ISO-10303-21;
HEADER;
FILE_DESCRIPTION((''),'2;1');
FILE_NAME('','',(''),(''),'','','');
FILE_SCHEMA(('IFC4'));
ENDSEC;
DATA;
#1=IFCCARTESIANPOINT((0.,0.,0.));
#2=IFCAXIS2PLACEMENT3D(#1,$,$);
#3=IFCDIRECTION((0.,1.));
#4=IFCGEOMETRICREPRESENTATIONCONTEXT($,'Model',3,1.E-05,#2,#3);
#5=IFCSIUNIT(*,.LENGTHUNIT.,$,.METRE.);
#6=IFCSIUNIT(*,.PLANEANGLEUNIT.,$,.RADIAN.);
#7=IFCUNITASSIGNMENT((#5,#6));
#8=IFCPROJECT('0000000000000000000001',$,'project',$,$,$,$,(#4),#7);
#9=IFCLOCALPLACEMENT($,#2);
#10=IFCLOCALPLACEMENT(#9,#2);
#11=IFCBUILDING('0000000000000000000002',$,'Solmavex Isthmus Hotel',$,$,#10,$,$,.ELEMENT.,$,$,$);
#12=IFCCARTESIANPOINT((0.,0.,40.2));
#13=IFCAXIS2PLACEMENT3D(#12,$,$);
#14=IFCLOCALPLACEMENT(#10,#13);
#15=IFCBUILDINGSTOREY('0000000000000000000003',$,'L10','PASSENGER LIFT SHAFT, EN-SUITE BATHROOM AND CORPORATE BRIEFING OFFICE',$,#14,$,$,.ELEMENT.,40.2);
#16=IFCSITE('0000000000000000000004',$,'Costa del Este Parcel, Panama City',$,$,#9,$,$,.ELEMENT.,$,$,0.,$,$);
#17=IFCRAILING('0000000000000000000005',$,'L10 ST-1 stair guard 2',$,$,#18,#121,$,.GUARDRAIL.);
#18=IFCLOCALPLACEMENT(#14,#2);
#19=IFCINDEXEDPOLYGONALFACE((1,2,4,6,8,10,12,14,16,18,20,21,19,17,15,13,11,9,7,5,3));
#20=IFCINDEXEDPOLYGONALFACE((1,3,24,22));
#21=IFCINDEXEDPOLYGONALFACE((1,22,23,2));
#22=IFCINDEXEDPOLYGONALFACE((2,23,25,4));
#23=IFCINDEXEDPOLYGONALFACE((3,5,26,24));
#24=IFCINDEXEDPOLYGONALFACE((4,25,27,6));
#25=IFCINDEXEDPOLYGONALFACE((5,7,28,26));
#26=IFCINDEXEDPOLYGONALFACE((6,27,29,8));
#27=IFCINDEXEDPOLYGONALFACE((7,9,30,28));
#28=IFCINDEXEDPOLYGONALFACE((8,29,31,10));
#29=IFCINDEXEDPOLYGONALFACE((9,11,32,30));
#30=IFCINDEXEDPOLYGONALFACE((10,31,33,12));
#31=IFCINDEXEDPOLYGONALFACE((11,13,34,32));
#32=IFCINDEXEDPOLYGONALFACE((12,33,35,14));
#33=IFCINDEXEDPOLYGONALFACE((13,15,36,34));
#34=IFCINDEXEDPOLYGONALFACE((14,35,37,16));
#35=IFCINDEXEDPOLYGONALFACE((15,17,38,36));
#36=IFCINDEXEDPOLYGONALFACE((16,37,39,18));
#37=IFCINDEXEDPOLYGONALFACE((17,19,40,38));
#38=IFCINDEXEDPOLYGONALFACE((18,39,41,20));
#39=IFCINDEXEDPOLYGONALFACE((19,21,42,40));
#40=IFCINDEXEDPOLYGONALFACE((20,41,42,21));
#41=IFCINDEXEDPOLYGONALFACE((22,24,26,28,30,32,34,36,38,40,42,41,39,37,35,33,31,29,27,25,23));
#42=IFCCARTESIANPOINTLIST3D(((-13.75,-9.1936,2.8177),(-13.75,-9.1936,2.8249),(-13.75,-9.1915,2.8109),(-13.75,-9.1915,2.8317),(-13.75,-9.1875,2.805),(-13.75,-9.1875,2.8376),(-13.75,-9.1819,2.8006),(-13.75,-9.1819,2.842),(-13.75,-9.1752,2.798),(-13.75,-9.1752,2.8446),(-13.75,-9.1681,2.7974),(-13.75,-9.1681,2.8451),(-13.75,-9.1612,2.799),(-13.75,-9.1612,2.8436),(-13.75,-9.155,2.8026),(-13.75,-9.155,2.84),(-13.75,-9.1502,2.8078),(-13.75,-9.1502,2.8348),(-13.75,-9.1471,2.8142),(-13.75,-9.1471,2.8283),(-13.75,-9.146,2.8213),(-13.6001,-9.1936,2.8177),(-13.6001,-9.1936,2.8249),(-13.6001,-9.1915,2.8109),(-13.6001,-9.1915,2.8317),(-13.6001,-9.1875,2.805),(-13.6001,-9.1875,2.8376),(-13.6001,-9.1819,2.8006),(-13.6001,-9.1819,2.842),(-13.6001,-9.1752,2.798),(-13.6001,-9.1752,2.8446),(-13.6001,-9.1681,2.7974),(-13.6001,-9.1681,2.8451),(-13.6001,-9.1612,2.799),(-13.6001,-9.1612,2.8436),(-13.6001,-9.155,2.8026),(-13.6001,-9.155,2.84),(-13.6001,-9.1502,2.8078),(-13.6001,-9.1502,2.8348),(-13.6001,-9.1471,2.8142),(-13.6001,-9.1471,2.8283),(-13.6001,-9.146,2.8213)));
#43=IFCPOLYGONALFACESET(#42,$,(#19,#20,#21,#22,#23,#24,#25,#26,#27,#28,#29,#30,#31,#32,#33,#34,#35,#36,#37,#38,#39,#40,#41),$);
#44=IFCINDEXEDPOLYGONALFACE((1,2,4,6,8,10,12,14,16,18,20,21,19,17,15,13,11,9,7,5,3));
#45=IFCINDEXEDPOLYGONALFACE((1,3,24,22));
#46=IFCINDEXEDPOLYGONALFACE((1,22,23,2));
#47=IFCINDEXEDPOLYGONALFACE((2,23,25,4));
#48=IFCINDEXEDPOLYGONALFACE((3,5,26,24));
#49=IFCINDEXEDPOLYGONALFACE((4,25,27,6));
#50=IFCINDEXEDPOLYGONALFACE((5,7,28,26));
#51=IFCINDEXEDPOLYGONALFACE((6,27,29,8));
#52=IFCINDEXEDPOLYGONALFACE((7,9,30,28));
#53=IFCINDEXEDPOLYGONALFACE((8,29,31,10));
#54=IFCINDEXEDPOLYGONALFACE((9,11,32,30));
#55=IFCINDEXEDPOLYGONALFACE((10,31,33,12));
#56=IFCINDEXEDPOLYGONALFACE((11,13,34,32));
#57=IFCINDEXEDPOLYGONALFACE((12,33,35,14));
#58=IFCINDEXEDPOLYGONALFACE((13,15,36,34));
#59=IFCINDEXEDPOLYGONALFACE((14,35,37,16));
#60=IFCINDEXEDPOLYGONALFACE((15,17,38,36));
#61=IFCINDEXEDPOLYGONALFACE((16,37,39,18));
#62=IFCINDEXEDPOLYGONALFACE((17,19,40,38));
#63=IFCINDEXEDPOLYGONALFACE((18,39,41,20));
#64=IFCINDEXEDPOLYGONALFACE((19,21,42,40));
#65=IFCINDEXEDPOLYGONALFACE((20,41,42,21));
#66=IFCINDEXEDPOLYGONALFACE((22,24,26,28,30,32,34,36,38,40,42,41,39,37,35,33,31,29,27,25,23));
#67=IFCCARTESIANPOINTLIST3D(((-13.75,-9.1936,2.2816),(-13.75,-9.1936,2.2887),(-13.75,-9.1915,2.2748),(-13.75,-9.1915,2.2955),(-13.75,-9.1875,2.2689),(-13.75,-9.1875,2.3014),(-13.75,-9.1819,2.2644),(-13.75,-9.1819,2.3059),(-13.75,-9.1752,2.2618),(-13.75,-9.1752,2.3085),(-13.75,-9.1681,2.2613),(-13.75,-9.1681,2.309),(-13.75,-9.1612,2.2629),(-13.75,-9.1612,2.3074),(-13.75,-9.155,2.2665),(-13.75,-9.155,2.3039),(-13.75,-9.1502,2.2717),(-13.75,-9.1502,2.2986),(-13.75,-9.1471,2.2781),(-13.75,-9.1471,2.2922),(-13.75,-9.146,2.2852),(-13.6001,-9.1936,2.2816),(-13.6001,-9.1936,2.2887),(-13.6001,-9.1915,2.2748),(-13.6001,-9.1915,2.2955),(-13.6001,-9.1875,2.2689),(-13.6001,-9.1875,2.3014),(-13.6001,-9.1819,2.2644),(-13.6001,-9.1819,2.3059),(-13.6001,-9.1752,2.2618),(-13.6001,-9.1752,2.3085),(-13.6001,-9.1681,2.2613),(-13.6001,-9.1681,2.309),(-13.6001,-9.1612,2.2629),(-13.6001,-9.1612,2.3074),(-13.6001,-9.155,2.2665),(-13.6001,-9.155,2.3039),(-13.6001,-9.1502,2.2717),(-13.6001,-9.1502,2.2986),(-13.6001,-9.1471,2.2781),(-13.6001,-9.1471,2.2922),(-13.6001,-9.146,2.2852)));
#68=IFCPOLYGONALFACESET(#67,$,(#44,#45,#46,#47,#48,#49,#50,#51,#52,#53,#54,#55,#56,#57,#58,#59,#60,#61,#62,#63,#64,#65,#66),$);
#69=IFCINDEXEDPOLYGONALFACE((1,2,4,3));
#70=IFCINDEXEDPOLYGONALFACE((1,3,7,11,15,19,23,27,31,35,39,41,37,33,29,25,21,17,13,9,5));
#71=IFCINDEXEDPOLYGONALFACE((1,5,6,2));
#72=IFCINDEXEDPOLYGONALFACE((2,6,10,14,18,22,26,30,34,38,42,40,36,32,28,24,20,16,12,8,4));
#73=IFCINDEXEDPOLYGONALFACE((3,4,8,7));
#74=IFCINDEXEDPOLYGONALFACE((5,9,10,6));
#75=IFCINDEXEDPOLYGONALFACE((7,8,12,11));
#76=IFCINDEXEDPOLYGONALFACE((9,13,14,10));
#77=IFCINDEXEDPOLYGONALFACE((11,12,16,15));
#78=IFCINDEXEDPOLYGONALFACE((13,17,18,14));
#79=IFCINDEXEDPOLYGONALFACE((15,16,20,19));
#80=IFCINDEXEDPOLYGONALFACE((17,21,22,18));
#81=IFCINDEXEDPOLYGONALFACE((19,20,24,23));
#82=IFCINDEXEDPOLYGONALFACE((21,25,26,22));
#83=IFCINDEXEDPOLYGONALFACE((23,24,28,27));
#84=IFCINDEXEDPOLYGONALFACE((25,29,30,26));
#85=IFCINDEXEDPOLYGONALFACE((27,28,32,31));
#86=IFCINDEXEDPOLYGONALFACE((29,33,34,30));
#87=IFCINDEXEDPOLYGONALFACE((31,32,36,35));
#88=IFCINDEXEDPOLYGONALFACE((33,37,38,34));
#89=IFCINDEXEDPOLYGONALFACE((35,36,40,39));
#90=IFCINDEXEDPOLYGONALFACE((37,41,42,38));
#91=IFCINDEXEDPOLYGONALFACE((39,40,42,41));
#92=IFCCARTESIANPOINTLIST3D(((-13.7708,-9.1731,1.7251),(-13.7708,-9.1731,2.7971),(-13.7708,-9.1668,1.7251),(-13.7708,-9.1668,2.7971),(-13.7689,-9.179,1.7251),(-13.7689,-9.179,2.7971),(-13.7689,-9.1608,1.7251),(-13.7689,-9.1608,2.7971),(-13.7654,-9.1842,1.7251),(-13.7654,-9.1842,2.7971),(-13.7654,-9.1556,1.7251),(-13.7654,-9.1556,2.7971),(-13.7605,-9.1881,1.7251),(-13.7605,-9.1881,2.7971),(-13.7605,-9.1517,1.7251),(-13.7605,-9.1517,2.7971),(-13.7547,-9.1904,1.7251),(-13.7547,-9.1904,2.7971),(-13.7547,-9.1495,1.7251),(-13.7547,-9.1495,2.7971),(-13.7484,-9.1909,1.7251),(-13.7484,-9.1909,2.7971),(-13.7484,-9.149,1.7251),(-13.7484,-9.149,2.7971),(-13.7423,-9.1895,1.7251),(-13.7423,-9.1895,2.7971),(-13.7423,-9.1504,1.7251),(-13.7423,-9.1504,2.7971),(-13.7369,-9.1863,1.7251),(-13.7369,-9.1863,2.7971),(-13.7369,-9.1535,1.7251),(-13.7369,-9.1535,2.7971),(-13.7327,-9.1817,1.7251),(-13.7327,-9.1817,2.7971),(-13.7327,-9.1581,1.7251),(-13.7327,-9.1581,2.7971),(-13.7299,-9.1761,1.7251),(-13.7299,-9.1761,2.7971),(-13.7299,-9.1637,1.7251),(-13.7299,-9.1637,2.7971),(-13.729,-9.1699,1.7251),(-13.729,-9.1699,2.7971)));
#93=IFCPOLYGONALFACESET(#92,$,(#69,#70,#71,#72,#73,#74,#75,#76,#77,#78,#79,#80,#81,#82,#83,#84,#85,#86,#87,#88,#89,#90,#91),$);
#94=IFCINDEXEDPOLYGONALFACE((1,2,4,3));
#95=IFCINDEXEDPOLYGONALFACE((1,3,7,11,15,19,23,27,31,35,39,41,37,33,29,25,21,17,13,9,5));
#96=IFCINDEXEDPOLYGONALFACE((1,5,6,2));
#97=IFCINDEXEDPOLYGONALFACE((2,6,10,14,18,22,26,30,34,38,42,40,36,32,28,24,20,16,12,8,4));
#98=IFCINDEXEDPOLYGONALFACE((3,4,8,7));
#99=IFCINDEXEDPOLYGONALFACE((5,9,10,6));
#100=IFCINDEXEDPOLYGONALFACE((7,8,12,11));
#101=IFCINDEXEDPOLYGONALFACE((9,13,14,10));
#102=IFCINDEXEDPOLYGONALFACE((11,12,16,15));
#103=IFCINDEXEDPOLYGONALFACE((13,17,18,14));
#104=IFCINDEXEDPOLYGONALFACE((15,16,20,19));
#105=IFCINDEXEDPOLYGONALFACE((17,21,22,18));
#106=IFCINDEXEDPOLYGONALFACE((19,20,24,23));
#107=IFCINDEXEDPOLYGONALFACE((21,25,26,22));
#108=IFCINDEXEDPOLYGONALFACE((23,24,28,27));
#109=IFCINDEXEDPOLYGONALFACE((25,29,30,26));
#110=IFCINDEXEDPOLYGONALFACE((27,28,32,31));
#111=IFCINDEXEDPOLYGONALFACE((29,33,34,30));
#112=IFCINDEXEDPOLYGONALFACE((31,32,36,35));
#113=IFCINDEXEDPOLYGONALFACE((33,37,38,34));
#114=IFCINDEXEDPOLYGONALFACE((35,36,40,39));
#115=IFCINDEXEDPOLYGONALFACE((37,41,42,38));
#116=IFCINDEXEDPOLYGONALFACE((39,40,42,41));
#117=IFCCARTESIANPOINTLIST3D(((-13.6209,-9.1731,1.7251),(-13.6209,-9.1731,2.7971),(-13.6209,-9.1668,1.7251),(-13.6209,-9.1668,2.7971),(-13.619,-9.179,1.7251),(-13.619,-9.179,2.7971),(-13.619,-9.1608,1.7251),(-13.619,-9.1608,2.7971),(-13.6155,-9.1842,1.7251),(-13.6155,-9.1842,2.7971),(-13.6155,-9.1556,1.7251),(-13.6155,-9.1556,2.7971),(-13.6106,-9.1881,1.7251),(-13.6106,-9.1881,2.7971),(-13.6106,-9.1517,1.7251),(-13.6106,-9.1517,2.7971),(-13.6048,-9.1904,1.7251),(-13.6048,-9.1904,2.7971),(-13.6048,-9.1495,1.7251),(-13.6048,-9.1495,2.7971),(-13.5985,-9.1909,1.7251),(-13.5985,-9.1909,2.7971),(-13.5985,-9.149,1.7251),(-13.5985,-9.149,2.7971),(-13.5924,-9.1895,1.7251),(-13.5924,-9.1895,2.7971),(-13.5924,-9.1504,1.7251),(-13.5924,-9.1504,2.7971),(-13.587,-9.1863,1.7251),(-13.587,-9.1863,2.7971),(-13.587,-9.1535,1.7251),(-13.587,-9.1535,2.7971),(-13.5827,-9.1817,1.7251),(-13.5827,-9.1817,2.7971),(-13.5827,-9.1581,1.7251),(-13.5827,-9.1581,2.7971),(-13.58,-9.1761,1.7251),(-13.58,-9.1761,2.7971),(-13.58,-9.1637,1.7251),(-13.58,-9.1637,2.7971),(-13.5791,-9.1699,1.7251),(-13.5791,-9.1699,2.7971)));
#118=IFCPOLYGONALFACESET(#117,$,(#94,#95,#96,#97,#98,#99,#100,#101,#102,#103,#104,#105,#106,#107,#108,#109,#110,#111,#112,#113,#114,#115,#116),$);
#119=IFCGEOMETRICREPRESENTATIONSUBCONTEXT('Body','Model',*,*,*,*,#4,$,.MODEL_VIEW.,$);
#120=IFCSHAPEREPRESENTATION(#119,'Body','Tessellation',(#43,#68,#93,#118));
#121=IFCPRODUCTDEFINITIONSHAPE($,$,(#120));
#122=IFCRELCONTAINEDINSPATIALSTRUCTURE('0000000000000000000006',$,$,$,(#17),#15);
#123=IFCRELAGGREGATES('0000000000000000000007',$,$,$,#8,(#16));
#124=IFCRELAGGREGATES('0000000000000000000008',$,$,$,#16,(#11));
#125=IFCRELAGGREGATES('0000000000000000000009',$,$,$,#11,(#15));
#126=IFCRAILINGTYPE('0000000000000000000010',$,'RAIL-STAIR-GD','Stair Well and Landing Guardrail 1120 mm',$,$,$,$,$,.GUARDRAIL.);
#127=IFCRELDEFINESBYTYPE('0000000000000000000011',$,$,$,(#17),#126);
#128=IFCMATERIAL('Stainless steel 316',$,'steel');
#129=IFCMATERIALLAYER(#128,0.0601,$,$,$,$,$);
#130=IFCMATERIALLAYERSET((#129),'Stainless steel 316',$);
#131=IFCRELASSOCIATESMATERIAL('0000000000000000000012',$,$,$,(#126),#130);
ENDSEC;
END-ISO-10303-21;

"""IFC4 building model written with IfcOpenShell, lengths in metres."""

from ifc_helpers import new_model, si_unit, direction, frame, origin, origin_2d, place, context, subcontext, project, spatial, circle, extrude, material, layer, layer_set, type_object, element, save


model = new_model("IFC4")

# Units and contexts
model_context = context("Model", 3, precision=1e-05, world=origin(), true_north=direction((0.0, 1.0)))
body_context = subcontext(model_context, "Body", "Model", "MODEL_VIEW")
ifc_project = project(units=[si_unit("LENGTHUNIT", "METRE"), si_unit("PLANEANGLEUNIT", "RADIAN")], contexts=[model_context])

# Site, building, storey
site_placement = place(None, origin())
site = spatial("IfcSite", under=ifc_project, at=site_placement, Name="Costa del Este Parcel, Panama City", CompositionType="ELEMENT", RefElevation=0.0)
building_placement = place(site_placement, origin())
building = spatial("IfcBuilding", under=site, at=building_placement, Name="Solmavex Isthmus Hotel", CompositionType="ELEMENT")
storey_placement = place(building_placement, frame((0.0, 0.0, 40.2)))
storey = spatial("IfcBuildingStorey", under=building, at=storey_placement, Name="L10", Description="PASSENGER LIFT SHAFT, EN-SUITE BATHROOM AND CORPORATE BRIEFING OFFICE", CompositionType="ELEMENT", Elevation=40.2)

# Shared definitions
ifc_material_1 = material(Name="Stainless steel 316", Category="steel")

# Railing
ifc_layer_1 = layer(ifc_material_1, 0.0601)
ifc_layer_set_1 = layer_set([ifc_layer_1], Name="Stainless steel 316")
railing_type_1 = type_object("IfcRailingType", Name="RAIL-STAIR-GD", Description="Stair Well and Landing Guardrail 1120 mm", PredefinedType="GUARDRAIL", material=ifc_layer_set_1)
railing_1_placement = place(storey_placement, frame((-13.75, -9.1699, 1.7251)))
element("IfcRailing", 1, at=railing_1_placement, inside=storey, type_object=railing_type_1, Name="L10 ST-1 stair guard 2", PredefinedType="GUARDRAIL", context=body_context, shape_type="SweptSolid", body=[
    extrude(circle(Radius=0.0239, at=origin_2d()), frame((0.0, 0.0, 1.0962), z_axis=(1.0, 0.0, 0.0), x_axis=(0.0, 1.0, 0.0)), (0.0, 0.0, 1.0), 0.1499),
    extrude(circle(Radius=0.0239, at=origin_2d()), frame((0.0, 0.0, 0.5601), z_axis=(1.0, 0.0, 0.0), x_axis=(0.0, 1.0, 0.0)), (0.0, 0.0, 1.0), 0.1499),
    extrude(circle(Radius=0.021, at=origin_2d()), origin(), (0.0, 0.0, 1.0), 1.072),
    extrude(circle(Radius=0.021, at=origin_2d()), frame((0.1499, 0.0, 0.0)), (0.0, 0.0, 1.0), 1.072),
])

save(model, "model.ifc")
